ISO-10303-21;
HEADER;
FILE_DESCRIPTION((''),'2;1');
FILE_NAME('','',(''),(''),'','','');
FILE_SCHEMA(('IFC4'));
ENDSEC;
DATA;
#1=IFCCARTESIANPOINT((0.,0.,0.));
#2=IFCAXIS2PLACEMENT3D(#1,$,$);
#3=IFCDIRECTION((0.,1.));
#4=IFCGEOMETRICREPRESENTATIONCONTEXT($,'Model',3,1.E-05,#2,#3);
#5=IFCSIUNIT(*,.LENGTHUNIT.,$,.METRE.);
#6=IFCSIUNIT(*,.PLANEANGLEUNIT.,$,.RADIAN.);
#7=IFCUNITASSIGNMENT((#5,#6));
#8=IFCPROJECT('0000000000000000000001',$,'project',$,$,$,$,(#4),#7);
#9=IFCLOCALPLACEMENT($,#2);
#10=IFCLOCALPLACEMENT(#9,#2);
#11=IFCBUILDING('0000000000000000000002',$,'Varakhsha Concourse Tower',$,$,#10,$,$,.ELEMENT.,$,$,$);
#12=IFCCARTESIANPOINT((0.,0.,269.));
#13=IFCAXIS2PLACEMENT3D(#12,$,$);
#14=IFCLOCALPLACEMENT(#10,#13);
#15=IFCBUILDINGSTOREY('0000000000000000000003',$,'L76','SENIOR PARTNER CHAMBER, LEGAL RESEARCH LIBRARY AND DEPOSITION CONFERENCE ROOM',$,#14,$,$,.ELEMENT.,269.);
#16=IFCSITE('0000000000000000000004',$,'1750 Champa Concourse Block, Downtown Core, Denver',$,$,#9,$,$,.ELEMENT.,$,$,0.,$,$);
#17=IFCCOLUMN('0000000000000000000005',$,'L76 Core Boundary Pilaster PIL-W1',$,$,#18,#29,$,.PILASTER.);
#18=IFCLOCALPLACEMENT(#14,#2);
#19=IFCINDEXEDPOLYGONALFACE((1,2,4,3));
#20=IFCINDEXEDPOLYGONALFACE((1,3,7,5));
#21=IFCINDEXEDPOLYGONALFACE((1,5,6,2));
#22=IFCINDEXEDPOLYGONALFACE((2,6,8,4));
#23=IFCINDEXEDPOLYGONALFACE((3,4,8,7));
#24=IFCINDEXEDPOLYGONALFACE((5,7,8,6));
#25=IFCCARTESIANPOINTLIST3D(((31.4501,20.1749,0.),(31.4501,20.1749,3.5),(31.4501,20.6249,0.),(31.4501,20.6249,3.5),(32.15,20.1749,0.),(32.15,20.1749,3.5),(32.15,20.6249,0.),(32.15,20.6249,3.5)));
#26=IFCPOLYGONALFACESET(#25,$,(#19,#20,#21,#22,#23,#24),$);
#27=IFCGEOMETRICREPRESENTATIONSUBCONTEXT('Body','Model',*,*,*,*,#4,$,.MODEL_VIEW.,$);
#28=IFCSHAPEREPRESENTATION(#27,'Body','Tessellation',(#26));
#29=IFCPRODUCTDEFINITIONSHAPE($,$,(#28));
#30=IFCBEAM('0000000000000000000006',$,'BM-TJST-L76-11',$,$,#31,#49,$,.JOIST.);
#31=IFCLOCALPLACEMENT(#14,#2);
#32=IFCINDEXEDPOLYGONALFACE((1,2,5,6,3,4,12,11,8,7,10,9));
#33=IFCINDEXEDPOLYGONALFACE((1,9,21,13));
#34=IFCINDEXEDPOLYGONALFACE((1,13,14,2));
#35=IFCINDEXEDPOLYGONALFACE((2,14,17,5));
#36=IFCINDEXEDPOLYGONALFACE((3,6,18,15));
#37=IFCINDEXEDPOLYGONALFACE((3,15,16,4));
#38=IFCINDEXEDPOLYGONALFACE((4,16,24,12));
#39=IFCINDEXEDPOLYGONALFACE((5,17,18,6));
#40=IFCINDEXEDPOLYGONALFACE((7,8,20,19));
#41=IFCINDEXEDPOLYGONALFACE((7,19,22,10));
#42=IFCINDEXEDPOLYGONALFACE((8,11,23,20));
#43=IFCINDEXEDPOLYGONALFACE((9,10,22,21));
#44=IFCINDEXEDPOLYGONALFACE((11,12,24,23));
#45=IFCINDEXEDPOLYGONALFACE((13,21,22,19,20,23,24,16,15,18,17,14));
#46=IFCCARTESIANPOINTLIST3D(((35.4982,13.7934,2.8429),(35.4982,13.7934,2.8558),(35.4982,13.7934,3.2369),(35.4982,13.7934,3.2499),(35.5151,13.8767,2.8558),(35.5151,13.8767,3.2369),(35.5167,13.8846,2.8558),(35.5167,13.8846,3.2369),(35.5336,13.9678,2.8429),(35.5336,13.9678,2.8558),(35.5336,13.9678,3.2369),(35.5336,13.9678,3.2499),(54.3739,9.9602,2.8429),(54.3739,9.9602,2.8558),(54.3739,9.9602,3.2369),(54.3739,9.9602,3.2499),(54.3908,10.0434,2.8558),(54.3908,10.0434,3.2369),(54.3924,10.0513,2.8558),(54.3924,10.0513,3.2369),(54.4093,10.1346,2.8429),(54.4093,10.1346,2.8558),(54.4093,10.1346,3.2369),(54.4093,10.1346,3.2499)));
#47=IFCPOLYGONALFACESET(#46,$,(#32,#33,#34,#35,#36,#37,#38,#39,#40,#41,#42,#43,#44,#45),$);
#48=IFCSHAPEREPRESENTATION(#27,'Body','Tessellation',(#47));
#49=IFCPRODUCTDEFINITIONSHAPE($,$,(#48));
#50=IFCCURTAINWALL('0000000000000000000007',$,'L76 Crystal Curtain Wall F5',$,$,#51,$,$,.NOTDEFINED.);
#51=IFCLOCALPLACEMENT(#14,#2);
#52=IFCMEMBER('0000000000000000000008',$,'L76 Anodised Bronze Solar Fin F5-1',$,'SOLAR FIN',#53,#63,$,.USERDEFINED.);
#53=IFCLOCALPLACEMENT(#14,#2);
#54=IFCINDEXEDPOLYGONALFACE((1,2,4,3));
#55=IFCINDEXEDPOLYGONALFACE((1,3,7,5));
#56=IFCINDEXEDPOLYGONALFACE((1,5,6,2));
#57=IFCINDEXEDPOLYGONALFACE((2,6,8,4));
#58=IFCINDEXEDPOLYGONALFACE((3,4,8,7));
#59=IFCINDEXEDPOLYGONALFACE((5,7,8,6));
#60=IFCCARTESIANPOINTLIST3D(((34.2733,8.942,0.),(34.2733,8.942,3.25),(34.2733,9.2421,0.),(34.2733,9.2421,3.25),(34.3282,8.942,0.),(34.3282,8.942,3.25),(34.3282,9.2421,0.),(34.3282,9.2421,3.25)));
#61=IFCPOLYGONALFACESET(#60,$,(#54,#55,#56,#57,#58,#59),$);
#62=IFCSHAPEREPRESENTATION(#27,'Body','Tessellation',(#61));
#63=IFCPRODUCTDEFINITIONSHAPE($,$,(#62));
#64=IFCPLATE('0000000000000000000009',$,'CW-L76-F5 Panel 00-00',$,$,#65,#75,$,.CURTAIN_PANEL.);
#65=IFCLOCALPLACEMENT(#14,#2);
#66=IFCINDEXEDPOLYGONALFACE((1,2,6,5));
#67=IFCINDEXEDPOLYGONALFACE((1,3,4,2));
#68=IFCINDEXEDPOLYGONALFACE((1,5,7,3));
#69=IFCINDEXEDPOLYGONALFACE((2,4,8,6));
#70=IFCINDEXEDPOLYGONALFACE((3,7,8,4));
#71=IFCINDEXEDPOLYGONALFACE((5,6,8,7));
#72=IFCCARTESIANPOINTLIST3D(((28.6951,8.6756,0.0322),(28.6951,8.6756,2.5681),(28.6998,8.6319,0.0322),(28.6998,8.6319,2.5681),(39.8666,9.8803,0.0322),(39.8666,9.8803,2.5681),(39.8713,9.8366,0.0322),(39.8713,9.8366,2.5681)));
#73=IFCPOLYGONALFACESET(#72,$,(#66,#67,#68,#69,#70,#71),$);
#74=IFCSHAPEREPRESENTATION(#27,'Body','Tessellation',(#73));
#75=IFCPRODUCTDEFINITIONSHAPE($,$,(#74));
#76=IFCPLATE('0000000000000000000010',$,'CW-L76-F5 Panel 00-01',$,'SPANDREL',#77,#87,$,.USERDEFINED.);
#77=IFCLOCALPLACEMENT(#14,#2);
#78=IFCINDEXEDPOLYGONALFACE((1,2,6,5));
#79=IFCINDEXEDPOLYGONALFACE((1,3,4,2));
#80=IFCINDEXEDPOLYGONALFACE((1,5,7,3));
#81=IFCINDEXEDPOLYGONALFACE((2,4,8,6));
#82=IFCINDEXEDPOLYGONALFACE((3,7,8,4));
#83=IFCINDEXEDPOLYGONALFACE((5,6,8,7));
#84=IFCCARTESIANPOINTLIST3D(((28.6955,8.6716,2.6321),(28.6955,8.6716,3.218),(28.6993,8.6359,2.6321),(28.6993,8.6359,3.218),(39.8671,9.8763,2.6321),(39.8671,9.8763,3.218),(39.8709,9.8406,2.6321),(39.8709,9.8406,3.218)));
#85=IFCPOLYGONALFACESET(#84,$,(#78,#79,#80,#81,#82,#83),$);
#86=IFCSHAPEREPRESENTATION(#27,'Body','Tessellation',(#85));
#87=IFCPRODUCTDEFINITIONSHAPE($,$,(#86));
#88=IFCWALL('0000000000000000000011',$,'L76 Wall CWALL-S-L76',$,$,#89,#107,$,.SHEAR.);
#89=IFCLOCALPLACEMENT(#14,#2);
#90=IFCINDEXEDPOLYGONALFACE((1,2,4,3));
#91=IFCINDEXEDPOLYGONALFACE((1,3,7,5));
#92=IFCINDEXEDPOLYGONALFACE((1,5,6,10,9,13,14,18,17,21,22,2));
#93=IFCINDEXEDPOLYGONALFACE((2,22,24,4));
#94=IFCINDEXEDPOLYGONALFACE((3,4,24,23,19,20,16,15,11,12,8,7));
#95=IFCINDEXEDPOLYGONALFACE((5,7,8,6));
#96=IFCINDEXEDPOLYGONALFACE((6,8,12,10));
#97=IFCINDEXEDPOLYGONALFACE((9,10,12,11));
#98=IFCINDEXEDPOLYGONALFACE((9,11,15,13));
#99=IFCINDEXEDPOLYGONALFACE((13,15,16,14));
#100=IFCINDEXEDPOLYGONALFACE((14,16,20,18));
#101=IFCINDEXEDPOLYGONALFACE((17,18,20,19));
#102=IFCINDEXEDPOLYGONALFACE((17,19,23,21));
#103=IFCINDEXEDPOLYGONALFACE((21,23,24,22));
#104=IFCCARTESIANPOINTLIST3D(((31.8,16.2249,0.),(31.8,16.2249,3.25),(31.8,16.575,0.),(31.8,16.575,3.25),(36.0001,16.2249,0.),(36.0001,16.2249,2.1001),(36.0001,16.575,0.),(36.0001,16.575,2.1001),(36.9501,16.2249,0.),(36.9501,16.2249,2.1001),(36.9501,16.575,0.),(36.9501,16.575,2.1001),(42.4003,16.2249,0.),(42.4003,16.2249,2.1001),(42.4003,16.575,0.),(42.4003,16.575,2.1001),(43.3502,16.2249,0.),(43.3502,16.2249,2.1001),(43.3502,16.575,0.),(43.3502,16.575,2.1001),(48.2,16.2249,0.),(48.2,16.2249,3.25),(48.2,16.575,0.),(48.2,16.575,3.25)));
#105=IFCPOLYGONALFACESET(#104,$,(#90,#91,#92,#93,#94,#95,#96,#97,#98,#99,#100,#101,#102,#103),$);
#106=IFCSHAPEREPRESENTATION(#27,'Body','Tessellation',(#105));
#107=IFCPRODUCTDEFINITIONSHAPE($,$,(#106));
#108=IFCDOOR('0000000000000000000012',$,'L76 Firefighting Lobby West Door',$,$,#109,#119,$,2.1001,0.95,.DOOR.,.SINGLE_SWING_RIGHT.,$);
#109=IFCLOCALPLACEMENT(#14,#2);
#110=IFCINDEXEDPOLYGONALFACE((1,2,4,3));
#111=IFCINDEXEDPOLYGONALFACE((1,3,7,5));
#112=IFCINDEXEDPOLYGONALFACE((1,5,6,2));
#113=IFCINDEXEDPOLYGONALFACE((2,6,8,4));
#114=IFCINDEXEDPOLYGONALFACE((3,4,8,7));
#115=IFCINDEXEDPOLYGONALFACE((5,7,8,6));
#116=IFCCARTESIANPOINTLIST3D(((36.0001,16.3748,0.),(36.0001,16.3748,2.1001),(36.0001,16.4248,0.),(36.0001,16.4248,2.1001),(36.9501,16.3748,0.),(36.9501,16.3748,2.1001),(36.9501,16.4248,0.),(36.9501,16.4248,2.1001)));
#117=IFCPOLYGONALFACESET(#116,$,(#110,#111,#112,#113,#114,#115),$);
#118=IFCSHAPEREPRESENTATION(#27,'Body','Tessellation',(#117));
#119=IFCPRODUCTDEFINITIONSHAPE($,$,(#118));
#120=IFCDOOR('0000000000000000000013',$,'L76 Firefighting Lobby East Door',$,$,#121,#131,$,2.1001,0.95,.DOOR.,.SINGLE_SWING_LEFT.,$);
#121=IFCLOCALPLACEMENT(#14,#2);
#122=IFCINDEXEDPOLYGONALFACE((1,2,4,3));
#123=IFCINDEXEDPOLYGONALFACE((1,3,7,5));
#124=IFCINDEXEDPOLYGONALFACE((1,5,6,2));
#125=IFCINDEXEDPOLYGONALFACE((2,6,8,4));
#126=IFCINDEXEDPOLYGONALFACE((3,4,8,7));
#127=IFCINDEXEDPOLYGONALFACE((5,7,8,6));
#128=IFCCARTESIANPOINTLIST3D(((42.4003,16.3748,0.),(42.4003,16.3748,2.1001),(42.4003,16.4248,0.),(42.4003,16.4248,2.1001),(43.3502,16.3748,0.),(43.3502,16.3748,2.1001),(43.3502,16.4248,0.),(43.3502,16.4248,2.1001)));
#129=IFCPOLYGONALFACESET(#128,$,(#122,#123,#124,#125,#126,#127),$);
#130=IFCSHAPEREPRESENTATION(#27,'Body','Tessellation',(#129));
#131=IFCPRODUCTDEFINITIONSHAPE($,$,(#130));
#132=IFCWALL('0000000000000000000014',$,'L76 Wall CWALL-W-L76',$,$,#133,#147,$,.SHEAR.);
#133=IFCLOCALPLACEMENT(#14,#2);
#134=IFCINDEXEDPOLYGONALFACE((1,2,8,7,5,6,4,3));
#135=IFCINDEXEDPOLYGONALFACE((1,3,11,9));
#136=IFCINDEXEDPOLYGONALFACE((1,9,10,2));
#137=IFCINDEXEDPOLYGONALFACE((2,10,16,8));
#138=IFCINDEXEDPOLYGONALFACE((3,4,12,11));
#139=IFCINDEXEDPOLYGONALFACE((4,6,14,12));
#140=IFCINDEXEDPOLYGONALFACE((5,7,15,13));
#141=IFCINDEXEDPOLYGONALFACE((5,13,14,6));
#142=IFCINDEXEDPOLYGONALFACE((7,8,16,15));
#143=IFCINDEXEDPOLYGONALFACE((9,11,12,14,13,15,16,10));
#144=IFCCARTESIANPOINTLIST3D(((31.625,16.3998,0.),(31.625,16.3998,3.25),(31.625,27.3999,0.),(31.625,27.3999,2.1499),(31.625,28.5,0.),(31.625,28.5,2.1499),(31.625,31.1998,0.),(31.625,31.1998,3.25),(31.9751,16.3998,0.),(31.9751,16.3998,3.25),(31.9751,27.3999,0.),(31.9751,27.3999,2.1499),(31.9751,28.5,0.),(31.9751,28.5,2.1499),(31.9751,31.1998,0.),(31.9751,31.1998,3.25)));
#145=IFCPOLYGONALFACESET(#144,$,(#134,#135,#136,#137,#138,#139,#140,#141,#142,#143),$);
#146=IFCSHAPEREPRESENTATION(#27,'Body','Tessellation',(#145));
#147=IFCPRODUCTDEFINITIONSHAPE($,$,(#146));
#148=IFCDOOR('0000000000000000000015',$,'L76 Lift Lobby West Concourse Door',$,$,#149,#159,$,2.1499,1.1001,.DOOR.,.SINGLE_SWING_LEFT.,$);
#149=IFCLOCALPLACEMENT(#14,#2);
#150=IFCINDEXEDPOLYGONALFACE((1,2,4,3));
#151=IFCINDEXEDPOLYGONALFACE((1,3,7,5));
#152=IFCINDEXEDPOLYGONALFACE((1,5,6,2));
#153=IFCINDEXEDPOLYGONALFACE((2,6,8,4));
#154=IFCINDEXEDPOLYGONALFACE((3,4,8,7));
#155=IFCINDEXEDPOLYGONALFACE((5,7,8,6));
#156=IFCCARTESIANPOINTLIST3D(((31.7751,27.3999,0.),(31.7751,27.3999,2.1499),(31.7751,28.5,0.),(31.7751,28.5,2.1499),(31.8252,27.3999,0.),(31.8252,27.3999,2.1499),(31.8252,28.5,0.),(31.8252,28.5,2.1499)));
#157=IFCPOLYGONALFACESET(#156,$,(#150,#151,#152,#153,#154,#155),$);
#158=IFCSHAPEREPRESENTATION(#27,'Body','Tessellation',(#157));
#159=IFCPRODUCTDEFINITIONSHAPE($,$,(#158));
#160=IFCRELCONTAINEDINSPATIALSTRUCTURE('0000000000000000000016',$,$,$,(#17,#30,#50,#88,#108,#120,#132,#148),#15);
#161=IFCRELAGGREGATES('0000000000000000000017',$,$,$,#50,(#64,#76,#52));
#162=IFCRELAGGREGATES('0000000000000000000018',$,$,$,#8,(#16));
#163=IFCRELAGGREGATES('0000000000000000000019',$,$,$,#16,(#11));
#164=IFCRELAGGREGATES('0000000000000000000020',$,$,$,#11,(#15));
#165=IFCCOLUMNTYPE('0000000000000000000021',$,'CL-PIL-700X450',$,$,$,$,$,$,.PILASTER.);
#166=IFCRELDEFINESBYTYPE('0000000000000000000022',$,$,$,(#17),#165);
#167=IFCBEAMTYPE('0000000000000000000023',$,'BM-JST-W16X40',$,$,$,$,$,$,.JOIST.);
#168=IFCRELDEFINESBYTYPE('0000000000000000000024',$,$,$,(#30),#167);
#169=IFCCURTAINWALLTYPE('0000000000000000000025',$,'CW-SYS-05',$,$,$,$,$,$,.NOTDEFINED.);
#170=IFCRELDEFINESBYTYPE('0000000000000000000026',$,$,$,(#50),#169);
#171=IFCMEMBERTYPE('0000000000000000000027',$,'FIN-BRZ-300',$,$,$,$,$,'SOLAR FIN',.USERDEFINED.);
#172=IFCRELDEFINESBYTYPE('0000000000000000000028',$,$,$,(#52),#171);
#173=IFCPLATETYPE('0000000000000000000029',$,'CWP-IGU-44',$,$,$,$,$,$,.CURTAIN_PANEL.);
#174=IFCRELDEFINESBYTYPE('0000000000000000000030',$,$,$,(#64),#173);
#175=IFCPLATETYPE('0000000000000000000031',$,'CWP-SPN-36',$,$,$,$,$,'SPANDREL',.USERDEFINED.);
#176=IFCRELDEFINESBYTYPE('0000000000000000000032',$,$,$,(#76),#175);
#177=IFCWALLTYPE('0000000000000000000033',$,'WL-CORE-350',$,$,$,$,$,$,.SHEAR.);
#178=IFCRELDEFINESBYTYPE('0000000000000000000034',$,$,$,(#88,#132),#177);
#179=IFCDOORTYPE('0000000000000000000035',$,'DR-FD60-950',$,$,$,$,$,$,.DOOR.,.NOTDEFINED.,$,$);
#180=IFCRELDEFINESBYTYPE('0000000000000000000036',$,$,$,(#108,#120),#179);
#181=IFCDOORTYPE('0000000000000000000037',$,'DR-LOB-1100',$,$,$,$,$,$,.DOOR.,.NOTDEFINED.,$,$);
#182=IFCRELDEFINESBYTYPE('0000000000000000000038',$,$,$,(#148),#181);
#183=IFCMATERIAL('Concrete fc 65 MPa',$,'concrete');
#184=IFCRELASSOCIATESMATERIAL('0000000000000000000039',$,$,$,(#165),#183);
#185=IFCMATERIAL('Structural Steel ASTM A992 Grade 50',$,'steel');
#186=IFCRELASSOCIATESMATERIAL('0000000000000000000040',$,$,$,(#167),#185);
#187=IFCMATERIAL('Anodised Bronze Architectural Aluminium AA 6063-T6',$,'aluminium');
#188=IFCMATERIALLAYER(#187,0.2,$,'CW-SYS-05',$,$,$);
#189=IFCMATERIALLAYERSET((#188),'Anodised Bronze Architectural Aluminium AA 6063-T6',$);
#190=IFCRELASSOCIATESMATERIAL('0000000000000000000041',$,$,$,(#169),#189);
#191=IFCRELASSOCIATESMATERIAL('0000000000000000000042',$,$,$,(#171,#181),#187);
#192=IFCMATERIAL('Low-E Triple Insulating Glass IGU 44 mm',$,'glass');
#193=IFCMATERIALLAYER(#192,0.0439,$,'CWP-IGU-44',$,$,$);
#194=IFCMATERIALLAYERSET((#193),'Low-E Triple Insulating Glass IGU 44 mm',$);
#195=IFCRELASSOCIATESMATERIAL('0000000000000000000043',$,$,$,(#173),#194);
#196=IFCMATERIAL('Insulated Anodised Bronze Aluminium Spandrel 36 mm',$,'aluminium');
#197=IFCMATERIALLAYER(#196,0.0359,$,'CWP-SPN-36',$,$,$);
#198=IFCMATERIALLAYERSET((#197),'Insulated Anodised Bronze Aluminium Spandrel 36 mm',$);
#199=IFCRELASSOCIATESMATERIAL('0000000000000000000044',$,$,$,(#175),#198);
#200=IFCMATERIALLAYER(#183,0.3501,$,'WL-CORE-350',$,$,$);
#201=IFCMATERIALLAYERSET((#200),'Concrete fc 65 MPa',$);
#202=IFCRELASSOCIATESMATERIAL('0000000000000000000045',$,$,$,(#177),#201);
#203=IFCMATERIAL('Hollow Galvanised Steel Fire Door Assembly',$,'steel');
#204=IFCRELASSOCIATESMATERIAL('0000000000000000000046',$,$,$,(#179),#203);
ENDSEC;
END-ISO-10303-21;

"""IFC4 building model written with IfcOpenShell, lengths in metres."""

from ifc_helpers import new_model, si_unit, direction, frame, frame_2d, origin, origin_2d, place, context, subcontext, project, spatial, rectangle, i_section, extrude, source, transform, mapped, material, layer, layer_set, material_profile, profile_set, type_object, type_shapes, element, fill, aggregate, save


model = new_model("IFC4")

# Units and contexts
model_context = context("Model", 3, precision=1e-05, world=origin(), true_north=direction((0.0, 1.0)))
body_context = subcontext(model_context, "Body", "Model", "MODEL_VIEW")
ifc_project = project(units=[si_unit("LENGTHUNIT", "METRE"), si_unit("PLANEANGLEUNIT", "RADIAN")], contexts=[model_context])

# Site, building, storey
site_placement = place(None, origin())
site = spatial("IfcSite", under=ifc_project, at=site_placement, Name="1750 Champa Concourse Block, Downtown Core, Denver", CompositionType="ELEMENT", RefElevation=0.0)
building_placement = place(site_placement, origin())
building = spatial("IfcBuilding", under=site, at=building_placement, Name="Varakhsha Concourse Tower", CompositionType="ELEMENT")
storey_placement = place(building_placement, frame((0.0, 0.0, 269.0)))
storey = spatial("IfcBuildingStorey", under=building, at=storey_placement, Name="L76", Description="SENIOR PARTNER CHAMBER, LEGAL RESEARCH LIBRARY AND DEPOSITION CONFERENCE ROOM", CompositionType="ELEMENT", Elevation=269.0)

# Column
ifc_material_1 = material(Name="Concrete fc 65 MPa", Category="concrete")
ifc_material_profile_1 = material_profile(ifc_material_1, rectangle(XDim=0.7, YDim=0.45, at=origin_2d()), Name="RC 700x450")
ifc_profile_set_1 = profile_set([ifc_material_profile_1], Name="Concrete fc 65 MPa")
column_type = type_object("IfcColumnType", Name="CL-PIL-700X450", PredefinedType="PILASTER", material=ifc_profile_set_1)
column_placement = place(storey_placement, frame((31.8, 20.3999, 0.0), z_axis=(0.0, 0.0, 1.0), x_axis=(1.0, 0.0, 0.0)))
element("IfcColumn", 1, at=column_placement, inside=storey, type_object=column_type, Name="L76 Core Boundary Pilaster PIL-W1", PredefinedType="PILASTER", context=body_context, shape_type="SweptSolid", body=[
    extrude(rectangle(XDim=0.7, YDim=0.45, at=origin_2d()), origin(), (0.0, 0.0, 1.0), 3.5),
])

# Beam
ifc_material_2 = material(Name="Structural Steel ASTM A992 Grade 50", Category="steel")
ifc_material_profile_2 = material_profile(ifc_material_2, i_section(OverallWidth=0.178, OverallDepth=0.407, WebThickness=0.0081, FlangeThickness=0.0129, at=origin_2d()), Name="W16X40")
ifc_profile_set_2 = profile_set([ifc_material_profile_2], Name="Structural Steel ASTM A992 Grade 50")
beam_type = type_object("IfcBeamType", Name="BM-JST-W16X40", PredefinedType="JOIST", material=ifc_profile_set_2)
beam_placement = place(storey_placement, frame((35.5159, 13.8806, 3.0464), z_axis=(0.979996, -0.199016, 0.0), x_axis=(0.199016, 0.979996, 0.0)))
element("IfcBeam", 2, at=beam_placement, inside=storey, type_object=beam_type, Name="BM-TJST-L76-11", PredefinedType="JOIST", context=body_context, shape_type="SweptSolid", body=[
    extrude(i_section(OverallWidth=0.178, OverallDepth=0.407, WebThickness=0.0081, FlangeThickness=0.0129, at=origin_2d()), origin(), (0.0, 0.0, 1.0), 19.261),
])

# Curtain wall, member, plates
ifc_material_3 = material(Name="Anodised Bronze Architectural Aluminium AA 6063-T6", Category="aluminium")
ifc_layer_1 = layer(ifc_material_3, 0.2, Name="CW-SYS-05")
ifc_layer_set_1 = layer_set([ifc_layer_1], Name="Anodised Bronze Architectural Aluminium AA 6063-T6")
curtain_wall_type = type_object("IfcCurtainWallType", Name="CW-SYS-05", PredefinedType="NOTDEFINED", material=ifc_layer_set_1)
curtain_wall_placement = place(storey_placement, origin())
curtain_wall = element("IfcCurtainWall", 3, at=curtain_wall_placement, inside=storey, type_object=curtain_wall_type, Name="L76 Crystal Curtain Wall F5", PredefinedType="NOTDEFINED")
ifc_material_profile_3 = material_profile(ifc_material_3, rectangle(XDim=0.0549, YDim=0.3, at=origin_2d()), Name="FIN-BRZ-300")
ifc_profile_set_3 = profile_set([ifc_material_profile_3], Name="Anodised Bronze Architectural Aluminium AA 6063-T6")
member_type = type_object("IfcMemberType", Name="FIN-BRZ-300", ElementType="SOLAR FIN", PredefinedType="USERDEFINED", material=ifc_profile_set_3)
shared_shape_1 = source(origin(), body_context, "Body", "SweptSolid", [
    extrude(rectangle(XDim=0.0549, YDim=0.3, at=origin_2d()), origin(), (0.0, 0.0, 1.0), 3.25),
])
type_shapes(member_type, [shared_shape_1])
member_placement = place(storey_placement, frame((34.3008, 9.092, 0.0), z_axis=(0.0, 0.0, 1.0), x_axis=(1.0, 0.0, 0.0)))
member = element("IfcMember", 4, at=member_placement, type_object=member_type, Name="L76 Anodised Bronze Solar Fin F5-1", ObjectType="SOLAR FIN", PredefinedType="USERDEFINED", context=body_context, shape_type="MappedRepresentation", body=[
    mapped(shared_shape_1, transform((0.0, 0.0, 0.0), scale=1.0)),
])
ifc_material_4 = material(Name="Low-E Triple Insulating Glass IGU 44 mm", Category="glass")
ifc_layer_2 = layer(ifc_material_4, 0.0439, Name="CWP-IGU-44")
ifc_layer_set_2 = layer_set([ifc_layer_2], Name="Low-E Triple Insulating Glass IGU 44 mm")
plate_type_1 = type_object("IfcPlateType", Name="CWP-IGU-44", PredefinedType="CURTAIN_PANEL", material=ifc_layer_set_2)
shared_shape_2 = source(origin(), body_context, "Body", "SweptSolid", [
    extrude(rectangle(XDim=11.2363, YDim=0.0439, at=origin_2d()), origin(), (0.0, 0.0, 1.0), 2.5359),
])
type_shapes(plate_type_1, [shared_shape_2])
plate_1_placement = place(storey_placement, frame((34.2832, 9.2561, 0.0322), z_axis=(0.0, 0.0, 1.0), x_axis=(-0.994236, -0.10721, 0.0)))
plate_1 = element("IfcPlate", 5, at=plate_1_placement, type_object=plate_type_1, Name="CW-L76-F5 Panel 00-00", PredefinedType="CURTAIN_PANEL", context=body_context, shape_type="MappedRepresentation", body=[
    mapped(shared_shape_2, transform((0.0, 0.0, 0.0), scale=1.0)),
])
ifc_material_5 = material(Name="Insulated Anodised Bronze Aluminium Spandrel 36 mm", Category="aluminium")
ifc_layer_3 = layer(ifc_material_5, 0.0359, Name="CWP-SPN-36")
ifc_layer_set_3 = layer_set([ifc_layer_3], Name="Insulated Anodised Bronze Aluminium Spandrel 36 mm")
plate_type_2 = type_object("IfcPlateType", Name="CWP-SPN-36", ElementType="SPANDREL", PredefinedType="USERDEFINED", material=ifc_layer_set_3)
shared_shape_3 = source(origin(), body_context, "Body", "SweptSolid", [
    extrude(rectangle(XDim=11.2363, YDim=0.0359, at=origin_2d()), origin(), (0.0, 0.0, 1.0), 0.5859),
])
type_shapes(plate_type_2, [shared_shape_3])
plate_2_placement = place(storey_placement, frame((34.2832, 9.2561, 2.6321), z_axis=(0.0, 0.0, 1.0), x_axis=(-0.994236, -0.10721, 0.0)))
plate_2 = element("IfcPlate", 6, at=plate_2_placement, type_object=plate_type_2, Name="CW-L76-F5 Panel 00-01", ObjectType="SPANDREL", PredefinedType="USERDEFINED", context=body_context, shape_type="MappedRepresentation", body=[
    mapped(shared_shape_3, transform((0.0, 0.0, 0.0), scale=1.0)),
])
aggregate(curtain_wall, [plate_1, plate_2, member])

# Wall, openings, doors
ifc_layer_4 = layer(ifc_material_1, 0.3501, Name="WL-CORE-350")
ifc_layer_set_4 = layer_set([ifc_layer_4], Name="Concrete fc 65 MPa")
wall_type_1 = type_object("IfcWallType", Name="WL-CORE-350", PredefinedType="SHEAR", material=ifc_layer_set_4)
wall_1_placement = place(storey_placement, frame((31.8, 16.3999, 0.0), z_axis=(0.0, 0.0, 1.0), x_axis=(1.0, 0.0, 0.0)))
wall_1 = element("IfcWall", 7, at=wall_1_placement, inside=storey, type_object=wall_type_1, Name="L76 Wall CWALL-S-L76", PredefinedType="SHEAR", context=body_context, shape_type="SweptSolid", body=[
    extrude(rectangle(XDim=16.3999, YDim=0.3501, at=frame_2d((8.2, 0.0))), origin(), (0.0, 0.0, 1.0), 3.25),
])
opening_1_placement = place(wall_1_placement, frame((4.2, 0.0, 0.0)))
opening_1 = element("IfcOpeningElement", 8, at=opening_1_placement, cuts=wall_1, PredefinedType="OPENING", context=body_context, shape_type="SweptSolid", body=[
    extrude(rectangle(XDim=0.95, YDim=2.1001, at=frame_2d((0.4751, 1.05))), frame((0.0, 0.1851, 0.0), z_axis=(0.0, -1.0, 0.0), x_axis=(1.0, 0.0, 0.0)), (0.0, 0.0, 1.0), 0.3701),
])
opening_2_placement = place(wall_1_placement, frame((10.6001, 0.0, 0.0)))
opening_2 = element("IfcOpeningElement", 9, at=opening_2_placement, cuts=wall_1, PredefinedType="OPENING", context=body_context, shape_type="SweptSolid", body=[
    extrude(rectangle(XDim=0.95, YDim=2.1001, at=frame_2d((0.4751, 1.05))), frame((0.0, 0.1851, 0.0), z_axis=(0.0, -1.0, 0.0), x_axis=(1.0, 0.0, 0.0)), (0.0, 0.0, 1.0), 0.3701),
])
ifc_material_6 = material(Name="Hollow Galvanised Steel Fire Door Assembly", Category="steel")
door_type_1 = type_object("IfcDoorType", Name="DR-FD60-950", OperationType="NOTDEFINED", PredefinedType="DOOR", material=ifc_material_6)
door_1_placement = place(opening_1_placement, origin())
door_1 = element("IfcDoor", 10, at=door_1_placement, inside=storey, type_object=door_type_1, Name="L76 Firefighting Lobby West Door", OperationType="SINGLE_SWING_RIGHT", OverallHeight=2.1001, OverallWidth=0.95, PredefinedType="DOOR", context=body_context, shape_type="SweptSolid", body=[
    extrude(rectangle(XDim=0.95, YDim=2.1001, at=frame_2d((0.4751, 1.05))), frame((0.0, 0.0249, 0.0), z_axis=(0.0, -1.0, 0.0), x_axis=(1.0, 0.0, 0.0)), (0.0, 0.0, 1.0), 0.05),
])
fill(opening_1, door_1)
door_2_placement = place(opening_2_placement, origin())
door_2 = element("IfcDoor", 11, at=door_2_placement, inside=storey, type_object=door_type_1, Name="L76 Firefighting Lobby East Door", OperationType="SINGLE_SWING_LEFT", OverallHeight=2.1001, OverallWidth=0.95, PredefinedType="DOOR", context=body_context, shape_type="SweptSolid", body=[
    extrude(rectangle(XDim=0.95, YDim=2.1001, at=frame_2d((0.4751, 1.05))), frame((0.0, 0.0249, 0.0), z_axis=(0.0, -1.0, 0.0), x_axis=(1.0, 0.0, 0.0)), (0.0, 0.0, 1.0), 0.05),
])
fill(opening_2, door_2)

# Wall, opening, door
wall_2_placement = place(storey_placement, frame((31.8, 16.3999, 0.0), z_axis=(0.0, 0.0, 1.0), x_axis=(0.0, 1.0, 0.0)))
wall_2 = element("IfcWall", 12, at=wall_2_placement, inside=storey, type_object=wall_type_1, Name="L76 Wall CWALL-W-L76", PredefinedType="SHEAR", context=body_context, shape_type="SweptSolid", body=[
    extrude(rectangle(XDim=14.8, YDim=0.3501, at=frame_2d((7.3999, 0.0))), origin(), (0.0, 0.0, 1.0), 3.25),
])
opening_3_placement = place(wall_2_placement, frame((11.0, 0.0, 0.0)))
opening_3 = element("IfcOpeningElement", 13, at=opening_3_placement, cuts=wall_2, PredefinedType="OPENING", context=body_context, shape_type="SweptSolid", body=[
    extrude(rectangle(XDim=1.1001, YDim=2.1499, at=frame_2d((0.55, 1.075))), frame((0.0, 0.1851, 0.0), z_axis=(0.0, -1.0, 0.0), x_axis=(1.0, 0.0, 0.0)), (0.0, 0.0, 1.0), 0.3701),
])
door_type_2 = type_object("IfcDoorType", Name="DR-LOB-1100", OperationType="NOTDEFINED", PredefinedType="DOOR", material=ifc_material_3)
door_3_placement = place(opening_3_placement, origin())
door_3 = element("IfcDoor", 14, at=door_3_placement, inside=storey, type_object=door_type_2, Name="L76 Lift Lobby West Concourse Door", OperationType="SINGLE_SWING_LEFT", OverallHeight=2.1499, OverallWidth=1.1001, PredefinedType="DOOR", context=body_context, shape_type="SweptSolid", body=[
    extrude(rectangle(XDim=1.1001, YDim=2.1499, at=frame_2d((0.55, 1.075))), frame((0.0, 0.0249, 0.0), z_axis=(0.0, -1.0, 0.0), x_axis=(1.0, 0.0, 0.0)), (0.0, 0.0, 1.0), 0.05),
])
fill(opening_3, door_3)

save(model, "model.ifc")
